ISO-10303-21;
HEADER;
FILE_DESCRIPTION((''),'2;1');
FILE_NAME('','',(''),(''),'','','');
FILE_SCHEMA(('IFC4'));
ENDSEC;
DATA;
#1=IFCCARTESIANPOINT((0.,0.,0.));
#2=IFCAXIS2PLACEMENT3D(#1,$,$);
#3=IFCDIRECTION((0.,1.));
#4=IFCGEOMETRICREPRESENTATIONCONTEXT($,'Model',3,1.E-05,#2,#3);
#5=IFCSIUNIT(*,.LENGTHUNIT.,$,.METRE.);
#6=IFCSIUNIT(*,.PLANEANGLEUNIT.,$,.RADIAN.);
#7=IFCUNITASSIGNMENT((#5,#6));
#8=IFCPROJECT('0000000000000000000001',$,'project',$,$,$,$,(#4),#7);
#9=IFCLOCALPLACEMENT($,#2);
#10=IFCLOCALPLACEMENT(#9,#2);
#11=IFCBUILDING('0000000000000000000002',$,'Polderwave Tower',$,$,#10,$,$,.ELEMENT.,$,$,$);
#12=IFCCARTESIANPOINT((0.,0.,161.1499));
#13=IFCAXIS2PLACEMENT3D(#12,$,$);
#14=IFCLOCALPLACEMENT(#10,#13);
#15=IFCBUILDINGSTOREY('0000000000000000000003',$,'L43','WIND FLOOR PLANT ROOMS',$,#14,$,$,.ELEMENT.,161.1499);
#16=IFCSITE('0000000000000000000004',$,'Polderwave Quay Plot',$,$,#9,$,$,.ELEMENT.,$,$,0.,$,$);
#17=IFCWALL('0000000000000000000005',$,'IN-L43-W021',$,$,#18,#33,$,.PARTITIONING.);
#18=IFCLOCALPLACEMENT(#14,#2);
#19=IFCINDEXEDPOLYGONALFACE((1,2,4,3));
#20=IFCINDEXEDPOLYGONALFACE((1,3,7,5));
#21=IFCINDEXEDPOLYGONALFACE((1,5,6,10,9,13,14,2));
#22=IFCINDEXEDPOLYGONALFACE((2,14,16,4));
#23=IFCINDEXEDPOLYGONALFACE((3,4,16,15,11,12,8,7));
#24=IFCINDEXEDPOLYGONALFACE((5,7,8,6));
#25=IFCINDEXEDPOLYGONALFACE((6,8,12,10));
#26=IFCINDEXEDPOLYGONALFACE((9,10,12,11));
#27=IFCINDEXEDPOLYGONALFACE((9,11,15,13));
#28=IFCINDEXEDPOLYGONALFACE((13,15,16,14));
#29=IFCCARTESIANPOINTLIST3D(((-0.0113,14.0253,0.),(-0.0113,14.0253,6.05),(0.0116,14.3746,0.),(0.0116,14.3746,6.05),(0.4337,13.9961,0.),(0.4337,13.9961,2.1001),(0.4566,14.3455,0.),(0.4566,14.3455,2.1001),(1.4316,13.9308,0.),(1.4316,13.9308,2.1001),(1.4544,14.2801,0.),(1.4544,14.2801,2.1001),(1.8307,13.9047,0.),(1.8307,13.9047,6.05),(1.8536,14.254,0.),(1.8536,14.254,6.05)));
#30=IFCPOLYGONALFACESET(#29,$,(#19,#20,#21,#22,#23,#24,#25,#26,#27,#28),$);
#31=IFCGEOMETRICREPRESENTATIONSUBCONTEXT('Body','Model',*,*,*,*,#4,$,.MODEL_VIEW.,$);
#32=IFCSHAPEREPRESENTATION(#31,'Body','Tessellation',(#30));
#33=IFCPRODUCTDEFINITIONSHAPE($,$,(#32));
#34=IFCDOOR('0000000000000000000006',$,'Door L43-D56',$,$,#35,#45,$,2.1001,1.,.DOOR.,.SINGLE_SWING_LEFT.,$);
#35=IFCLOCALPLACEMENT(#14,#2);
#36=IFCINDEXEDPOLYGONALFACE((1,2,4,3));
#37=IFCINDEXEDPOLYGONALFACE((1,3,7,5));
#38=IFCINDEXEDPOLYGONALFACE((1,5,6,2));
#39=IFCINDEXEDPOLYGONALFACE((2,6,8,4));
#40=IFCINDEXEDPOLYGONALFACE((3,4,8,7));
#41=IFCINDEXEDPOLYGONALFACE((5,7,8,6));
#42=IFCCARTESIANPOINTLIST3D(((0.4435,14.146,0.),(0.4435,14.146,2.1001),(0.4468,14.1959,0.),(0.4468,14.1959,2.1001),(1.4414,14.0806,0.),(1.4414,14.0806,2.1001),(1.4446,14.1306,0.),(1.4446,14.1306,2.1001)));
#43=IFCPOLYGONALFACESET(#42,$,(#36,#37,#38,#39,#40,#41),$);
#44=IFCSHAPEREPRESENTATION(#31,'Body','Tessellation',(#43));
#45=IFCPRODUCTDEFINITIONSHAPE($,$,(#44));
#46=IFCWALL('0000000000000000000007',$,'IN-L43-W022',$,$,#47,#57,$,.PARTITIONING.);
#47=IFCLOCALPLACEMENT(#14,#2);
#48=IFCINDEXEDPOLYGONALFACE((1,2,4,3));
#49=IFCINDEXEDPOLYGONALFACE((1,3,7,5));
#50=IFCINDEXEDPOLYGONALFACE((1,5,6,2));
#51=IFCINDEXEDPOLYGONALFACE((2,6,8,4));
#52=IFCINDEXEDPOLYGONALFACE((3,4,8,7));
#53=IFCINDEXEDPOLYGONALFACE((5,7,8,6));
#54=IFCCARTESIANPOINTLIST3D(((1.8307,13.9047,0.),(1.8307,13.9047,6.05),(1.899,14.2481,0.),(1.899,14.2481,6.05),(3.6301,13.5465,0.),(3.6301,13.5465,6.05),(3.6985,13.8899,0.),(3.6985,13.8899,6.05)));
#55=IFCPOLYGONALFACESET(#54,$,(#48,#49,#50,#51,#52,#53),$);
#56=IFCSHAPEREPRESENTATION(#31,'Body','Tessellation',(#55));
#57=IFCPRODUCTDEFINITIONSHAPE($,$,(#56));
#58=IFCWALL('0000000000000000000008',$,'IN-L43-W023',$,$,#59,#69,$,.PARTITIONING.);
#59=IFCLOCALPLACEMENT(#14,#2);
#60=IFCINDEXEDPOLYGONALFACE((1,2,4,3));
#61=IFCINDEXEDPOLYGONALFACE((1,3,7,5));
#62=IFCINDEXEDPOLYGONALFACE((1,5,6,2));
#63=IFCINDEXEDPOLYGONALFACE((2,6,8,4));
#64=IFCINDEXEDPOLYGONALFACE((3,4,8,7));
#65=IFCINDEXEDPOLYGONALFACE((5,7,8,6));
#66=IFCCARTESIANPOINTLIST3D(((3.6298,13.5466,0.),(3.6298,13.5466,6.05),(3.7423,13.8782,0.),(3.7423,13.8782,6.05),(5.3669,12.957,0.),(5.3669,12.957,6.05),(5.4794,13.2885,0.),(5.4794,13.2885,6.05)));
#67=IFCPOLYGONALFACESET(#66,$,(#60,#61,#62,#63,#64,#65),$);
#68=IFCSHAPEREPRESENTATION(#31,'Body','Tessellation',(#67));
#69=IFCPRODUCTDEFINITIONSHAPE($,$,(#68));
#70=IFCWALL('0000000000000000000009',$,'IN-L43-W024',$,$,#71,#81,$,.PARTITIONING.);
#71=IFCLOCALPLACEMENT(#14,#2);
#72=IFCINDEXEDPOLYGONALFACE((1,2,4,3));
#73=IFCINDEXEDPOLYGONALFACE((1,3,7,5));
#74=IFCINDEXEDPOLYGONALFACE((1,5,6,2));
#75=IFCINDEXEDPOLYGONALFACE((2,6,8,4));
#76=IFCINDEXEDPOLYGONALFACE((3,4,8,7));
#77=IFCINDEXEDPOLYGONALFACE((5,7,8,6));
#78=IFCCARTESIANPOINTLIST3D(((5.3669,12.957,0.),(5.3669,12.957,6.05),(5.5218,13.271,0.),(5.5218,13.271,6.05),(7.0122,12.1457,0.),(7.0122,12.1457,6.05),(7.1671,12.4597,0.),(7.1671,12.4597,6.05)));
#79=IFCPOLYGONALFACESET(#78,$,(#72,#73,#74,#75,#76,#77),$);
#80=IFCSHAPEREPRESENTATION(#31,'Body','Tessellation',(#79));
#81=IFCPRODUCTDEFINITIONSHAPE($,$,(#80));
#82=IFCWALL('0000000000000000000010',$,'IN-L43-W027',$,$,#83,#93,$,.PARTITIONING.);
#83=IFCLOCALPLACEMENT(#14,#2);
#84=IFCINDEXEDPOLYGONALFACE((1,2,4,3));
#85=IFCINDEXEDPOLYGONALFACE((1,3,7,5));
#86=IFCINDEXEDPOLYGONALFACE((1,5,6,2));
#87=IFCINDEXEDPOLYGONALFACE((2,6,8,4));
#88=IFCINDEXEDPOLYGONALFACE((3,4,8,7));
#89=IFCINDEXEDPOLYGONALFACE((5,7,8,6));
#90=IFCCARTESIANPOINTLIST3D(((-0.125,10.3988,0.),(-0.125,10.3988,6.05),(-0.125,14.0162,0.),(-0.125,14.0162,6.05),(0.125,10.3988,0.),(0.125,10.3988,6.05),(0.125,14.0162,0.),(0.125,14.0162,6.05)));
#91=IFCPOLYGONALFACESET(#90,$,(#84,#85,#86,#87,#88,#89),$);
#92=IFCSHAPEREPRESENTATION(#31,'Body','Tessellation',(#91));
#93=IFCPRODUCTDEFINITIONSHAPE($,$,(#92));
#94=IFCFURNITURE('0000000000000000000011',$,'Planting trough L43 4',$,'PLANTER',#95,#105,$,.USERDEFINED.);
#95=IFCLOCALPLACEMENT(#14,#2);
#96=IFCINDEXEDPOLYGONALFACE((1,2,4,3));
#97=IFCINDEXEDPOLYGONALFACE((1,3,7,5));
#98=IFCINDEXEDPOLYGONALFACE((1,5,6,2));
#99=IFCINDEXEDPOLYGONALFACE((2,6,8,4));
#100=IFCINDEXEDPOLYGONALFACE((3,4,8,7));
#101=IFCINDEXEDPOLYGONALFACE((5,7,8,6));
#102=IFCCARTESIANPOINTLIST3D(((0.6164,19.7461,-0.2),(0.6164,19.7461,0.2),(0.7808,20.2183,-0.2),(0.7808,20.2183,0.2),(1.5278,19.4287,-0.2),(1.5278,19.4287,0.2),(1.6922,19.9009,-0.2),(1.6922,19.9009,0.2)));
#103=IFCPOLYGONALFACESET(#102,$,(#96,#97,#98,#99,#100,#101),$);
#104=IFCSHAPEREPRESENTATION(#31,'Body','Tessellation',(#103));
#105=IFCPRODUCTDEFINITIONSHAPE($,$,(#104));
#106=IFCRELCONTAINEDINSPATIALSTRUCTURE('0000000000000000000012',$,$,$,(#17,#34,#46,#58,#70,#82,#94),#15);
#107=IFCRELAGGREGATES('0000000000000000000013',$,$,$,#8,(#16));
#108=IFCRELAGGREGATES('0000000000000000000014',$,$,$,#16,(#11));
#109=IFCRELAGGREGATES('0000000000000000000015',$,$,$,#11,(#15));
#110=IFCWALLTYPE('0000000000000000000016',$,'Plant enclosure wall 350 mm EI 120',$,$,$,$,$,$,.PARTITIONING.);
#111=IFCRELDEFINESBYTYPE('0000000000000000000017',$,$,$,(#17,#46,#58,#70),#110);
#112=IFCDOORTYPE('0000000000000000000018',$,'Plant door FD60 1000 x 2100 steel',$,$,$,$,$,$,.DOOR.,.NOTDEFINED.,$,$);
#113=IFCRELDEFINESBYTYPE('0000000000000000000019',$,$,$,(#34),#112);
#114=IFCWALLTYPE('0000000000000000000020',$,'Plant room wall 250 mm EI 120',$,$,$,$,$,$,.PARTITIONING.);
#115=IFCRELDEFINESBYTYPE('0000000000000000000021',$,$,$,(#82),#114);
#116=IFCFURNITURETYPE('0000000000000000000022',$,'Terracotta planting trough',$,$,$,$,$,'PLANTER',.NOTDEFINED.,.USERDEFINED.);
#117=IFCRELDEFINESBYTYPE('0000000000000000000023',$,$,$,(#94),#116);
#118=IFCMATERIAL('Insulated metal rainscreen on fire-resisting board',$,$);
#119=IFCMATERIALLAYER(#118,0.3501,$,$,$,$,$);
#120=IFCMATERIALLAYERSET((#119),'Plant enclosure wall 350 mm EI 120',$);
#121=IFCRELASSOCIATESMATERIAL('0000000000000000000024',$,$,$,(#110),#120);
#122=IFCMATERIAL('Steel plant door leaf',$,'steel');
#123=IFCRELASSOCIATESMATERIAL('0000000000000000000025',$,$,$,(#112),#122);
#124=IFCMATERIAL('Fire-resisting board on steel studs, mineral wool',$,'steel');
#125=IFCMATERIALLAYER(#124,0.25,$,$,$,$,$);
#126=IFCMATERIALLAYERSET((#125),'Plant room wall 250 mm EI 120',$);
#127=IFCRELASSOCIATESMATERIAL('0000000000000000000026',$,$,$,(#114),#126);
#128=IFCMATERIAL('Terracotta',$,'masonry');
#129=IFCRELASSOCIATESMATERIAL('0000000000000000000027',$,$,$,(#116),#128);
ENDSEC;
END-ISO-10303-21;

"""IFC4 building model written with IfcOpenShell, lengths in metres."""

from ifc_helpers import new_model, si_unit, direction, frame, frame_2d, origin, origin_2d, place, context, subcontext, project, spatial, rectangle, extrude, material, layer, layer_set, type_object, element, fill, save


model = new_model("IFC4")

# Units and contexts
model_context = context("Model", 3, precision=1e-05, world=origin(), true_north=direction((0.0, 1.0)))
body_context = subcontext(model_context, "Body", "Model", "MODEL_VIEW")
ifc_project = project(units=[si_unit("LENGTHUNIT", "METRE"), si_unit("PLANEANGLEUNIT", "RADIAN")], contexts=[model_context])

# Site, building, storey
site_placement = place(None, origin())
site = spatial("IfcSite", under=ifc_project, at=site_placement, Name="Polderwave Quay Plot", CompositionType="ELEMENT", RefElevation=0.0)
building_placement = place(site_placement, origin())
building = spatial("IfcBuilding", under=site, at=building_placement, Name="Polderwave Tower", CompositionType="ELEMENT")
storey_placement = place(building_placement, frame((0.0, 0.0, 161.1499)))
storey = spatial("IfcBuildingStorey", under=building, at=storey_placement, Name="L43", Description="WIND FLOOR PLANT ROOMS", CompositionType="ELEMENT", Elevation=161.1499)

# Wall, opening, door
ifc_material_1 = material(Name="Insulated metal rainscreen on fire-resisting board")
ifc_layer_1 = layer(ifc_material_1, 0.3501)
ifc_layer_set_1 = layer_set([ifc_layer_1], Name="Plant enclosure wall 350 mm EI 120")
wall_type_1 = type_object("IfcWallType", Name="Plant enclosure wall 350 mm EI 120", PredefinedType="PARTITIONING", material=ifc_layer_set_1)
wall_1_placement = place(storey_placement, frame((1.842, 14.0793, 0.0), z_axis=(0.0, 0.0, 1.0), x_axis=(-0.997863, 0.065334, 0.0)))
wall_1 = element("IfcWall", 1, at=wall_1_placement, inside=storey, type_object=wall_type_1, Name="IN-L43-W021", PredefinedType="PARTITIONING", context=body_context, shape_type="SweptSolid", body=[
    extrude(rectangle(XDim=1.8459, YDim=0.3501, at=frame_2d((0.9229, 0.0))), origin(), (0.0, 0.0, 1.0), 6.05),
])
opening_placement = place(wall_1_placement, frame((0.3999, 0.0, 0.0)))
opening = element("IfcOpeningElement", 2, at=opening_placement, cuts=wall_1, PredefinedType="OPENING", context=body_context, shape_type="SweptSolid", body=[
    extrude(rectangle(XDim=1.0, YDim=2.1001, at=frame_2d((0.5, 1.05))), frame((0.0, 0.1851, 0.0), z_axis=(0.0, -1.0, 0.0), x_axis=(1.0, 0.0, 0.0)), (0.0, 0.0, 1.0), 0.3701),
])
ifc_material_2 = material(Name="Steel plant door leaf", Category="steel")
door_type = type_object("IfcDoorType", Name="Plant door FD60 1000 x 2100 steel", OperationType="NOTDEFINED", PredefinedType="DOOR", material=ifc_material_2)
door_placement = place(opening_placement, origin())
door = element("IfcDoor", 3, at=door_placement, inside=storey, type_object=door_type, Name="Door L43-D56", OperationType="SINGLE_SWING_LEFT", OverallHeight=2.1001, OverallWidth=1.0, PredefinedType="DOOR", context=body_context, shape_type="SweptSolid", body=[
    extrude(rectangle(XDim=1.0, YDim=2.1001, at=frame_2d((0.5, 1.05))), frame((0.0, 0.0249, 0.0), z_axis=(0.0, -1.0, 0.0), x_axis=(1.0, 0.0, 0.0)), (0.0, 0.0, 1.0), 0.05),
])
fill(opening, door)

# Walls
wall_2_placement = place(storey_placement, frame((1.8647, 14.0764, 0.0), z_axis=(0.0, 0.0, 1.0), x_axis=(0.980759, -0.19522, 0.0)))
element("IfcWall", 4, at=wall_2_placement, inside=storey, type_object=wall_type_1, Name="IN-L43-W022", PredefinedType="PARTITIONING", context=body_context, shape_type="SweptSolid", body=[
    extrude(rectangle(XDim=1.8347, YDim=0.3501, at=frame_2d((0.9175, 0.0))), origin(), (0.0, 0.0, 1.0), 6.05),
])
for number, where, z_axis, x_axis, name in (
    (5, (3.686, 13.7124, 0.0), (0.0, 0.0, 1.0), (0.946939, -0.321414, 0.0), "IN-L43-W023"),
    (6, (5.4443, 13.114, 0.0), (0.0, 0.0, 1.0), (0.896889, -0.442256, 0.0), "IN-L43-W024"),
):
    element("IfcWall", number, at=place(storey_placement, frame(where, z_axis=z_axis, x_axis=x_axis)), inside=storey, type_object=wall_type_1, Name=name, PredefinedType="PARTITIONING", context=body_context, shape_type="SweptSolid", body=[
        extrude(rectangle(XDim=1.8345, YDim=0.3501, at=frame_2d((0.9172, 0.0))), origin(), (0.0, 0.0, 1.0), 6.05),
    ])
ifc_material_3 = material(Name="Fire-resisting board on steel studs, mineral wool", Category="steel")
ifc_layer_2 = layer(ifc_material_3, 0.25)
ifc_layer_set_2 = layer_set([ifc_layer_2], Name="Plant room wall 250 mm EI 120")
wall_type_2 = type_object("IfcWallType", Name="Plant room wall 250 mm EI 120", PredefinedType="PARTITIONING", material=ifc_layer_set_2)
wall_3_placement = place(storey_placement, frame((0.0, 10.3989, 0.0), z_axis=(0.0, 0.0, 1.0), x_axis=(0.0, 1.0, 0.0)))
element("IfcWall", 7, at=wall_3_placement, inside=storey, type_object=wall_type_2, Name="IN-L43-W027", PredefinedType="PARTITIONING", context=body_context, shape_type="SweptSolid", body=[
    extrude(rectangle(XDim=3.6174, YDim=0.25, at=frame_2d((1.8086, 0.0))), origin(), (0.0, 0.0, 1.0), 6.05),
])

# Furniture
ifc_material_4 = material(Name="Terracotta", Category="masonry")
furniture_type = type_object("IfcFurnitureType", Name="Terracotta planting trough", ElementType="PLANTER", AssemblyPlace="NOTDEFINED", PredefinedType="USERDEFINED", material=ifc_material_4)
furniture_placement = place(storey_placement, frame((1.1543, 19.8235, -0.2), z_axis=(0.0, 0.0, 1.0), x_axis=(-0.944388, 0.328832, 0.0)))
element("IfcFurniture", 8, at=furniture_placement, inside=storey, type_object=furniture_type, Name="Planting trough L43 4", ObjectType="PLANTER", PredefinedType="USERDEFINED", context=body_context, shape_type="SweptSolid", body=[
    extrude(rectangle(XDim=0.9651, YDim=0.5, at=origin_2d()), origin(), (0.0, 0.0, 1.0), 0.3999),
])

save(model, "model.ifc")
